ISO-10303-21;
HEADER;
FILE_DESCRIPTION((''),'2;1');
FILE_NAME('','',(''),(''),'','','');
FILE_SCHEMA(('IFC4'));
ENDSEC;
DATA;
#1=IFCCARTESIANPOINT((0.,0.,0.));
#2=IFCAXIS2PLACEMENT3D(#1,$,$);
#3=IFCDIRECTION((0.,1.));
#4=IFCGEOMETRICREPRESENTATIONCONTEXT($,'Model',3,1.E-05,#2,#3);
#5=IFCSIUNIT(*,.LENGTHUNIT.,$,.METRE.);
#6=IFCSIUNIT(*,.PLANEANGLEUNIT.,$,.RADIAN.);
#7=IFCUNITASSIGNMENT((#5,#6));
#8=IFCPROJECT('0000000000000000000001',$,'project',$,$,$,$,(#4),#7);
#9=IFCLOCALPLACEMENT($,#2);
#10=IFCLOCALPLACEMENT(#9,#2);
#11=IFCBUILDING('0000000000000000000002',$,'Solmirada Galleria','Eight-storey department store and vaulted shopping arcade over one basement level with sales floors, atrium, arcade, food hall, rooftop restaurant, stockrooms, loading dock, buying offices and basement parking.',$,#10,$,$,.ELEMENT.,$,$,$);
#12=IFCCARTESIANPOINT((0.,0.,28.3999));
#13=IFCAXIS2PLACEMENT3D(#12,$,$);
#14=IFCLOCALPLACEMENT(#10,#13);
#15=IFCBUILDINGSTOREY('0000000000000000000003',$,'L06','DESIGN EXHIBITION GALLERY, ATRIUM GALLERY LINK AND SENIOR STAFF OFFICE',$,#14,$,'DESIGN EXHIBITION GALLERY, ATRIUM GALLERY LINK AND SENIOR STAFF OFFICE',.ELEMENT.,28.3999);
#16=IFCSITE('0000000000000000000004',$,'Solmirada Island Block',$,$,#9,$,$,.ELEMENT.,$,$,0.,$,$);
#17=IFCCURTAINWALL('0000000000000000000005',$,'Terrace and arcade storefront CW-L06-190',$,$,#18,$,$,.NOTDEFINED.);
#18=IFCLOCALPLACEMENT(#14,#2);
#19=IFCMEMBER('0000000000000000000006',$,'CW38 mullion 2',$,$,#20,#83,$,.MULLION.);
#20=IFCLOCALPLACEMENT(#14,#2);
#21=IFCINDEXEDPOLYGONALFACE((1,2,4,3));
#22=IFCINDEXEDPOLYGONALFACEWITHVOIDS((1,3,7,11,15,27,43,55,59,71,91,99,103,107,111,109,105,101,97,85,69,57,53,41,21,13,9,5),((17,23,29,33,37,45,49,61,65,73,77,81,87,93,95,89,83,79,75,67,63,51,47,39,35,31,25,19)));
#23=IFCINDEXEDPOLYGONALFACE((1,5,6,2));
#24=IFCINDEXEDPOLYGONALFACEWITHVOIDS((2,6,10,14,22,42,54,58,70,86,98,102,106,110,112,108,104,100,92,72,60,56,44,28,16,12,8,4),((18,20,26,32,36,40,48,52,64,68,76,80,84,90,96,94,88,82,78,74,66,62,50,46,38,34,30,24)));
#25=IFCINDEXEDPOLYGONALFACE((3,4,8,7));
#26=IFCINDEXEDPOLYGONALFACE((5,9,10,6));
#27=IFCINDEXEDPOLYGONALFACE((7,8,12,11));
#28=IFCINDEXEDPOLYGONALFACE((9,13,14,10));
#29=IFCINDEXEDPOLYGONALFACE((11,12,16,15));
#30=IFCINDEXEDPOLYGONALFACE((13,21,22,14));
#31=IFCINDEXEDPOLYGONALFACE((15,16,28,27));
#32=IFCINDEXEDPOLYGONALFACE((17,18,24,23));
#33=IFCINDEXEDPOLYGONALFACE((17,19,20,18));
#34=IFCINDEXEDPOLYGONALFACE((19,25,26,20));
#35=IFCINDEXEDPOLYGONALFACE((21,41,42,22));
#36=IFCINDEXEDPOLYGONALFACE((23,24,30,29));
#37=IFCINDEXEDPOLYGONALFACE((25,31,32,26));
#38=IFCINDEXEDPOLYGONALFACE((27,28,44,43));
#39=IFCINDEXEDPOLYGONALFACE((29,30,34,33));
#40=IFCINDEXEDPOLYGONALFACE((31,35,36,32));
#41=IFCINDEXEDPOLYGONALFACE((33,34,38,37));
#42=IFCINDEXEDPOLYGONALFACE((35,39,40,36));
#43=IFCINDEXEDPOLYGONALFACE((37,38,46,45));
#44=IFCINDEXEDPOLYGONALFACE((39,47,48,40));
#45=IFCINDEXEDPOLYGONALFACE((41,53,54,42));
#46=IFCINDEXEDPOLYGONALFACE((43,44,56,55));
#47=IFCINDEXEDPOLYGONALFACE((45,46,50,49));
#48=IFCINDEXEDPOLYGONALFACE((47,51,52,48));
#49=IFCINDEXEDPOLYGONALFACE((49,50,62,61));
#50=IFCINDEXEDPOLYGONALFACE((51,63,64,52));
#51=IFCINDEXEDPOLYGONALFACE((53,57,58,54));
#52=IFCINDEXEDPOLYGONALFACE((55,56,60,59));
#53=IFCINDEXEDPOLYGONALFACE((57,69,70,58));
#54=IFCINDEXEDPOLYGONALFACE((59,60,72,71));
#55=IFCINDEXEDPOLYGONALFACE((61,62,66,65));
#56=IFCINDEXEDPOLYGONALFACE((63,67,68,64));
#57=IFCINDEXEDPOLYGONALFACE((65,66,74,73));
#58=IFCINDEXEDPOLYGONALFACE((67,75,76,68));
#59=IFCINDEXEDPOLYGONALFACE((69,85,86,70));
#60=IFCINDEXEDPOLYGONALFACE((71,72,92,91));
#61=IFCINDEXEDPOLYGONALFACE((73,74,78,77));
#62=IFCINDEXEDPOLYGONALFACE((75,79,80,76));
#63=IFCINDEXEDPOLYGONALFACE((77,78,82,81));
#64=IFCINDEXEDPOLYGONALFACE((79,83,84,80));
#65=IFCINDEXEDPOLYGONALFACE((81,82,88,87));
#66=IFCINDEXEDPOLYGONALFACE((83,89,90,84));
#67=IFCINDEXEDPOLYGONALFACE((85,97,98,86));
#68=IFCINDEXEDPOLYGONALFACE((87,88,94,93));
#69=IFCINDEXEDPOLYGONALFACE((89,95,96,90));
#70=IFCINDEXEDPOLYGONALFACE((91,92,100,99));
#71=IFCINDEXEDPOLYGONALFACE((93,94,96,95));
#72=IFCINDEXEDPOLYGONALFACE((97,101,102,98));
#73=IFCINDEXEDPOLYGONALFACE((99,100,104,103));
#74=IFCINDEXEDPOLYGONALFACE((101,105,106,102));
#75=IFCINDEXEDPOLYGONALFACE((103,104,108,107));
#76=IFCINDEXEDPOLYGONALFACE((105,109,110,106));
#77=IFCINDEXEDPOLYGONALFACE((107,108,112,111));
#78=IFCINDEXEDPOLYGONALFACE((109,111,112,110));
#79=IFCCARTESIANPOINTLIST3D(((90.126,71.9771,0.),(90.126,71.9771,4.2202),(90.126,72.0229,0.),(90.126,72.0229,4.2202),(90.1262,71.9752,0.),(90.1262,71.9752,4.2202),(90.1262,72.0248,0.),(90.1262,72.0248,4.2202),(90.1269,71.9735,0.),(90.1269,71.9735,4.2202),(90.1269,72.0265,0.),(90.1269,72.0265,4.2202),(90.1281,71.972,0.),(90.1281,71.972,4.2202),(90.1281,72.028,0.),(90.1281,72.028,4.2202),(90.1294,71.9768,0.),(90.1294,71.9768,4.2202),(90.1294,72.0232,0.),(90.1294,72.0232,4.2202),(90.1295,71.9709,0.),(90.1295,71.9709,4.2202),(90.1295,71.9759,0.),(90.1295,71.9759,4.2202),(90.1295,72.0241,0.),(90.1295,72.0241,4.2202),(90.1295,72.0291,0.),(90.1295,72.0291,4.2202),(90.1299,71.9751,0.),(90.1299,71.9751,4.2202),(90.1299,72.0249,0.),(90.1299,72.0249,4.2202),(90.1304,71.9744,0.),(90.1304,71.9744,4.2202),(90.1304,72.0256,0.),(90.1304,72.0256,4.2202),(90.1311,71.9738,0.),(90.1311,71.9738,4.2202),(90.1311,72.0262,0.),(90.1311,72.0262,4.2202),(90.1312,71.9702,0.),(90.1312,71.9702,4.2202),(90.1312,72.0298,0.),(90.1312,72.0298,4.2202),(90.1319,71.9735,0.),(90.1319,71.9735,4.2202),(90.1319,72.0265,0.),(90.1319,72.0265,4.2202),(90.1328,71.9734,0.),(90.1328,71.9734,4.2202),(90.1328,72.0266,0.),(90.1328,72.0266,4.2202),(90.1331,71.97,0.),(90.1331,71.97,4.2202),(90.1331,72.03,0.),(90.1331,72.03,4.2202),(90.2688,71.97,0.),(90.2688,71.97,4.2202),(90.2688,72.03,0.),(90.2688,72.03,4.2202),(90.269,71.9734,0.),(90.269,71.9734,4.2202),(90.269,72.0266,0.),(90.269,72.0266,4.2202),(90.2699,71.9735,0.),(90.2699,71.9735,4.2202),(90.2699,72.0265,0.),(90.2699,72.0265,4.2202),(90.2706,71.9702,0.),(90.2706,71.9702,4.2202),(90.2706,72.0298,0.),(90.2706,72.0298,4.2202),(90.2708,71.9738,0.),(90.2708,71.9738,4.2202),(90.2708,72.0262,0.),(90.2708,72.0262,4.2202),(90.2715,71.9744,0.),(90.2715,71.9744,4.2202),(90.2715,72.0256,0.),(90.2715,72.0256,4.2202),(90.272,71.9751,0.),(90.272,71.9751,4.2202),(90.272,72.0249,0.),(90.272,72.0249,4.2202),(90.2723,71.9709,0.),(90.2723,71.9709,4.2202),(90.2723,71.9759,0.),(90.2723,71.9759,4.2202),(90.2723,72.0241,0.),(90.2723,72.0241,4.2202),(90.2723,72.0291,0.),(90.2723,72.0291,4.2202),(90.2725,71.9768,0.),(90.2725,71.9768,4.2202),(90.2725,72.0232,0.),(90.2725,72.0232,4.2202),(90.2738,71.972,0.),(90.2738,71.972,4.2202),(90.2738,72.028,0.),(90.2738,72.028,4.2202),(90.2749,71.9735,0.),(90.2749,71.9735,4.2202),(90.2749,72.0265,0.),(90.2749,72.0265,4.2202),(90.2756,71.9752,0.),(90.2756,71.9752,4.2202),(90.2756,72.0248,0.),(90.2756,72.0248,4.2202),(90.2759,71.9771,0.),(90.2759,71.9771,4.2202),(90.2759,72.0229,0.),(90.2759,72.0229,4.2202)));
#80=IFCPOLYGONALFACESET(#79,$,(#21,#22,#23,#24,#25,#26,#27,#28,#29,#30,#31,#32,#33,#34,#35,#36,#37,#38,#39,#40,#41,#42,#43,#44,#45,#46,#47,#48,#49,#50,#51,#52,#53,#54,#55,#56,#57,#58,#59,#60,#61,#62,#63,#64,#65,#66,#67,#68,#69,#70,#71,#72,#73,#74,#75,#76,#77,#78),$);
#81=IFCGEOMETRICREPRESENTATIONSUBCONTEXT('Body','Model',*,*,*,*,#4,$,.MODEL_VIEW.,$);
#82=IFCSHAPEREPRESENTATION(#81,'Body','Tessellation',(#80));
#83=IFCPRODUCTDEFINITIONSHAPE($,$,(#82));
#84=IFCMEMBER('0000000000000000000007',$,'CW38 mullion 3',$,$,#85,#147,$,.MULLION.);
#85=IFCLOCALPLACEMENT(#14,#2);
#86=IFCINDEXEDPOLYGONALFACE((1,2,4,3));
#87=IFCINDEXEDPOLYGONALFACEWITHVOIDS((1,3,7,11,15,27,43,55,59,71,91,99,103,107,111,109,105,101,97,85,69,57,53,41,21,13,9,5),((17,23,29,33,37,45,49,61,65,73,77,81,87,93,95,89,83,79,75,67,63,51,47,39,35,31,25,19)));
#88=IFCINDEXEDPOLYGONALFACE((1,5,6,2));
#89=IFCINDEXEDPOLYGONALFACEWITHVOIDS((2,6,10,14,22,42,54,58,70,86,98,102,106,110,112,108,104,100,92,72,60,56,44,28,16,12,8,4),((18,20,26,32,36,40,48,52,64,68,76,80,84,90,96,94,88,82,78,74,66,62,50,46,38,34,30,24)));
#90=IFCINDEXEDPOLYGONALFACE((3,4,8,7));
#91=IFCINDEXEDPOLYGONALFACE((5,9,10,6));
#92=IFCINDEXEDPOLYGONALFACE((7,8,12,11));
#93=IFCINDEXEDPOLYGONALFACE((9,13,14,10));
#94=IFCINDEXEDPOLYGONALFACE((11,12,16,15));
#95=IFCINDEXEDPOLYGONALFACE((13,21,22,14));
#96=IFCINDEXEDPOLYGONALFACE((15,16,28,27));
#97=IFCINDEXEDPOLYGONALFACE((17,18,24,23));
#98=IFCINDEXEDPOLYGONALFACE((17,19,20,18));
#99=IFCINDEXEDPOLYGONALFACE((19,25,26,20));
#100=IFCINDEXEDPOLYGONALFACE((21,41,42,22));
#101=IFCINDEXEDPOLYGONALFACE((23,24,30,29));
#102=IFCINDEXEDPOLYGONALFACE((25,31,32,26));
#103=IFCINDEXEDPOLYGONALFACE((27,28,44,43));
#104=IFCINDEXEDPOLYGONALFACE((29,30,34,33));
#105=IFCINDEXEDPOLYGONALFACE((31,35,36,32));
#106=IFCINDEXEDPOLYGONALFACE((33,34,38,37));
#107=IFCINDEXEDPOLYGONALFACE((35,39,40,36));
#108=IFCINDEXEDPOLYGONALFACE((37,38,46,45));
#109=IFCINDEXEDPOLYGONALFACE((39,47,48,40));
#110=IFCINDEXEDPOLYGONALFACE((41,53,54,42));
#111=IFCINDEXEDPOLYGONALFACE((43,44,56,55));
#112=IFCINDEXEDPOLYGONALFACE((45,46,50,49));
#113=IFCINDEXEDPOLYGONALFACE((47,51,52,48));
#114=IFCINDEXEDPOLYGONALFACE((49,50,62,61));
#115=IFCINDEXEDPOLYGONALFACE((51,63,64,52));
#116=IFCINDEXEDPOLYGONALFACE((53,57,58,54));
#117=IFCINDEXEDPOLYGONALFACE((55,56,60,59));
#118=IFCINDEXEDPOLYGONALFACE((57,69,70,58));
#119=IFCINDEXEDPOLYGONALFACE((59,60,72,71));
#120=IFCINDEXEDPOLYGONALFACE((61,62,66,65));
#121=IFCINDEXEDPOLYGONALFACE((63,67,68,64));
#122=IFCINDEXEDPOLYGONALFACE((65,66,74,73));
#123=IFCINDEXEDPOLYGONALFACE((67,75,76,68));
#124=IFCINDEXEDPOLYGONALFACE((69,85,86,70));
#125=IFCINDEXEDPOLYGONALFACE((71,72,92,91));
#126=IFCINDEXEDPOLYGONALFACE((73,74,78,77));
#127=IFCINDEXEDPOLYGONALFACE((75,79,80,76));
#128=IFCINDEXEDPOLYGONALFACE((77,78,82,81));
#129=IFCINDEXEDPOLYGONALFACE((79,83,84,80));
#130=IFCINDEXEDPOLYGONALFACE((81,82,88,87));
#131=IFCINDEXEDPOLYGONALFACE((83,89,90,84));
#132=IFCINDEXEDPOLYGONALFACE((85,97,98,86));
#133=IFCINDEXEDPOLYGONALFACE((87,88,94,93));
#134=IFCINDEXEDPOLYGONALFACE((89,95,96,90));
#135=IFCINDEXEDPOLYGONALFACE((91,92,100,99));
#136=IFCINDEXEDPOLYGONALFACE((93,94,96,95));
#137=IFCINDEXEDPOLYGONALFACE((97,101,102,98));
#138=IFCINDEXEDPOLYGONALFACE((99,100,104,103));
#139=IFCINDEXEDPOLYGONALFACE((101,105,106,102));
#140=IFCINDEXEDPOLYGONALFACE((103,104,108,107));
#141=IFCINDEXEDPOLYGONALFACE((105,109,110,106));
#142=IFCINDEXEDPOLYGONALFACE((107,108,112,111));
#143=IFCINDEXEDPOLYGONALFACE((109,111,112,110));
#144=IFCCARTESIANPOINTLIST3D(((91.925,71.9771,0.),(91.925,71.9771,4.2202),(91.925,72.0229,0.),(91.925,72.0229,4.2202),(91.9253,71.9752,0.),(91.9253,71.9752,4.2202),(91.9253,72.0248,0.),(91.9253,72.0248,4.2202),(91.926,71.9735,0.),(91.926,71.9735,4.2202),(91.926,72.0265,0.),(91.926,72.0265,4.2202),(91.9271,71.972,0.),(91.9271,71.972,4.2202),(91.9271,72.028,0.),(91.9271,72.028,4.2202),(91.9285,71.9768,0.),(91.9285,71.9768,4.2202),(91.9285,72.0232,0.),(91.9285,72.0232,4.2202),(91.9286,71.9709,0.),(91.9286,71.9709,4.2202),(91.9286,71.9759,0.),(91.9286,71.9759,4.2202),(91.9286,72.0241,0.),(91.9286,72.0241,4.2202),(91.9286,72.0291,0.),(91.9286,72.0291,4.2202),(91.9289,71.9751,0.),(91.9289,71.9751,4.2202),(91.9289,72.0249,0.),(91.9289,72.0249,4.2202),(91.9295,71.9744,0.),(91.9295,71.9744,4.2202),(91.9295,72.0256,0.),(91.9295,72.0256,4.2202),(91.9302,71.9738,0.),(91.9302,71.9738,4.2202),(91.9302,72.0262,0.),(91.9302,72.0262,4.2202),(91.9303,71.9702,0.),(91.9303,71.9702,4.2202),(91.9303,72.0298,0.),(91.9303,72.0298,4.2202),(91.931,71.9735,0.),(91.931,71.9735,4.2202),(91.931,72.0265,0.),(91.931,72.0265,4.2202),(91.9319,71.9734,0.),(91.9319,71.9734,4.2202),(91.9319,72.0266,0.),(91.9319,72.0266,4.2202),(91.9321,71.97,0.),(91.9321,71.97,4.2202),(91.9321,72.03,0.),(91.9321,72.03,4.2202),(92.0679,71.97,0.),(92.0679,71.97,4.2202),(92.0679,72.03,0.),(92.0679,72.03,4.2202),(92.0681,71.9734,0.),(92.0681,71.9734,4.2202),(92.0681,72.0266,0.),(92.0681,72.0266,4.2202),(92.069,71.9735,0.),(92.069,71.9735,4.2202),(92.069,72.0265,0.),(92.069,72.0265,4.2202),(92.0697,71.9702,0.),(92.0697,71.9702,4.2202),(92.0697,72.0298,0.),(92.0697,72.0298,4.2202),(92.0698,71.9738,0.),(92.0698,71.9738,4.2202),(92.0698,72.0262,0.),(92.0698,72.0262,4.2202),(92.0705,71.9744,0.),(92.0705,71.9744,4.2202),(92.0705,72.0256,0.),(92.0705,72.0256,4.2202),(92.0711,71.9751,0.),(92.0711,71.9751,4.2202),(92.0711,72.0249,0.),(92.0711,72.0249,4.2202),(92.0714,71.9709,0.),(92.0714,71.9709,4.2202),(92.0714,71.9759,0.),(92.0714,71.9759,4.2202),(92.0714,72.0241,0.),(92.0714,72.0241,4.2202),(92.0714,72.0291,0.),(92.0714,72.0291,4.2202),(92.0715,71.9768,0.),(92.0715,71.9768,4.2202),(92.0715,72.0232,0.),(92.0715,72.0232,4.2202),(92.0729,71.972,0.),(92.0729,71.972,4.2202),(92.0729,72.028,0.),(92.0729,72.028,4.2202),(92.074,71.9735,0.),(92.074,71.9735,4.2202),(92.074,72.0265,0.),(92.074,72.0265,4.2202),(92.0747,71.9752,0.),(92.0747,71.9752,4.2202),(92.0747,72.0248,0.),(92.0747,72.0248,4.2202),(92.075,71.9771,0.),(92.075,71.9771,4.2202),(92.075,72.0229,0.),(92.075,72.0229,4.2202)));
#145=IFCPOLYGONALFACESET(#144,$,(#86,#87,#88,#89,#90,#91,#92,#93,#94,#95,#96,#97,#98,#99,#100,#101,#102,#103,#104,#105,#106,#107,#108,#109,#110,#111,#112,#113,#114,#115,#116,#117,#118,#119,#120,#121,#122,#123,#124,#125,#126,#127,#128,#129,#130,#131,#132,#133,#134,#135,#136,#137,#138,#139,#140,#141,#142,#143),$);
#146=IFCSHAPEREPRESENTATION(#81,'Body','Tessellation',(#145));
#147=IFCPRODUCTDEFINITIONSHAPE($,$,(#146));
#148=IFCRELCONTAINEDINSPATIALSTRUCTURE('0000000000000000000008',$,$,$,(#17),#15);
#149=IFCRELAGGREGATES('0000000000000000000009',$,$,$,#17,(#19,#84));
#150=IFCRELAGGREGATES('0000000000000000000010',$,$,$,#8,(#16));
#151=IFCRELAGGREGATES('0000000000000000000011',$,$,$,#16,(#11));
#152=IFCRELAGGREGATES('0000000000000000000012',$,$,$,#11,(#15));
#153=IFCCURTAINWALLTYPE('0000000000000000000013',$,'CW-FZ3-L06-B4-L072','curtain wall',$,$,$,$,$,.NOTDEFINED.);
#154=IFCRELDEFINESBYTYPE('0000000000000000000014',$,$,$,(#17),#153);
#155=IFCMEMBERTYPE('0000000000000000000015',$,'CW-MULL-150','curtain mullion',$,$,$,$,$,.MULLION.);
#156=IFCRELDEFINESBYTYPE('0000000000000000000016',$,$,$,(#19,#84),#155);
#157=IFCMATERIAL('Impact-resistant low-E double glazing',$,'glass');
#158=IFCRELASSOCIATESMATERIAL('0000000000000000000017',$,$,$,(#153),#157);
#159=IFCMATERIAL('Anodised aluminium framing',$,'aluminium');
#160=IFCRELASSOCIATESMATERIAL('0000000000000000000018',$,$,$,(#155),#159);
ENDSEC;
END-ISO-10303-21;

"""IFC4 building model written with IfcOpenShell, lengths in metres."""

from ifc_helpers import new_model, si_unit, direction, frame, origin, origin_2d, place, context, subcontext, project, spatial, hollow_rectangle, extrude, material, material_profile, profile_set, type_object, element, aggregate, save


model = new_model("IFC4")

# Units and contexts
model_context = context("Model", 3, precision=1e-05, world=origin(), true_north=direction((0.0, 1.0)))
body_context = subcontext(model_context, "Body", "Model", "MODEL_VIEW")
ifc_project = project(units=[si_unit("LENGTHUNIT", "METRE"), si_unit("PLANEANGLEUNIT", "RADIAN")], contexts=[model_context])

# Site, building, storey
site_placement = place(None, origin())
site = spatial("IfcSite", under=ifc_project, at=site_placement, Name="Solmirada Island Block", CompositionType="ELEMENT", RefElevation=0.0)
building_placement = place(site_placement, origin())
building = spatial("IfcBuilding", under=site, at=building_placement, Name="Solmirada Galleria", Description="Eight-storey department store and vaulted shopping arcade over one basement level with sales floors, atrium, arcade, food hall, rooftop restaurant, stockrooms, loading dock, buying offices and basement parking.", CompositionType="ELEMENT")
storey_placement = place(building_placement, frame((0.0, 0.0, 28.3999)))
storey = spatial("IfcBuildingStorey", under=building, at=storey_placement, Name="L06", Description="DESIGN EXHIBITION GALLERY, ATRIUM GALLERY LINK AND SENIOR STAFF OFFICE", LongName="DESIGN EXHIBITION GALLERY, ATRIUM GALLERY LINK AND SENIOR STAFF OFFICE", CompositionType="ELEMENT", Elevation=28.3999)

# Shared definitions
ifc_material_1 = material(Name="Impact-resistant low-E double glazing", Category="glass")
curtain_wall_type = type_object("IfcCurtainWallType", Name="CW-FZ3-L06-B4-L072", Description="curtain wall", PredefinedType="NOTDEFINED", material=ifc_material_1)
ifc_material_2 = material(Name="Anodised aluminium framing", Category="aluminium")
ifc_material_profile_1 = material_profile(ifc_material_2, hollow_rectangle(XDim=0.0601, YDim=0.1499, WallThickness=0.0034, InnerFilletRadius=0.0034, OuterFilletRadius=0.0071, at=origin_2d()), Name="ALU-MULL-150X60")
ifc_profile_set_1 = profile_set([ifc_material_profile_1], Name="Anodised aluminium framing")
member_type_1 = type_object("IfcMemberType", Name="CW-MULL-150", Description="curtain mullion", PredefinedType="MULLION", material=ifc_profile_set_1)

# Curtain wall, members
curtain_wall_1_placement = place(storey_placement, origin())
curtain_wall_1 = element("IfcCurtainWall", 1, at=curtain_wall_1_placement, inside=storey, type_object=curtain_wall_type, Name="Terrace and arcade storefront CW-L06-190", PredefinedType="NOTDEFINED")
member_1_placement = place(storey_placement, frame((90.2009, 72.0, 0.0), z_axis=(0.0, 0.0, 1.0), x_axis=(0.0, 1.0, 0.0)))
member_1 = element("IfcMember", 2, at=member_1_placement, type_object=member_type_1, Name="CW38 mullion 2", PredefinedType="MULLION", context=body_context, shape_type="SweptSolid", body=[
    extrude(hollow_rectangle(XDim=0.0601, YDim=0.1499, WallThickness=0.0034, InnerFilletRadius=0.0034, OuterFilletRadius=0.0071, at=origin_2d()), origin(), (0.0, 0.0, 1.0), 4.2202),
])
member_2_placement = place(storey_placement, frame((92.0, 72.0, 0.0), z_axis=(0.0, 0.0, 1.0), x_axis=(0.0, 1.0, 0.0)))
member_2 = element("IfcMember", 3, at=member_2_placement, type_object=member_type_1, Name="CW38 mullion 3", PredefinedType="MULLION", context=body_context, shape_type="SweptSolid", body=[
    extrude(hollow_rectangle(XDim=0.0601, YDim=0.1499, WallThickness=0.0034, InnerFilletRadius=0.0034, OuterFilletRadius=0.0071, at=origin_2d()), origin(), (0.0, 0.0, 1.0), 4.2202),
])

aggregate(curtain_wall_1, [member_1, member_2])

save(model, "model.ifc")
